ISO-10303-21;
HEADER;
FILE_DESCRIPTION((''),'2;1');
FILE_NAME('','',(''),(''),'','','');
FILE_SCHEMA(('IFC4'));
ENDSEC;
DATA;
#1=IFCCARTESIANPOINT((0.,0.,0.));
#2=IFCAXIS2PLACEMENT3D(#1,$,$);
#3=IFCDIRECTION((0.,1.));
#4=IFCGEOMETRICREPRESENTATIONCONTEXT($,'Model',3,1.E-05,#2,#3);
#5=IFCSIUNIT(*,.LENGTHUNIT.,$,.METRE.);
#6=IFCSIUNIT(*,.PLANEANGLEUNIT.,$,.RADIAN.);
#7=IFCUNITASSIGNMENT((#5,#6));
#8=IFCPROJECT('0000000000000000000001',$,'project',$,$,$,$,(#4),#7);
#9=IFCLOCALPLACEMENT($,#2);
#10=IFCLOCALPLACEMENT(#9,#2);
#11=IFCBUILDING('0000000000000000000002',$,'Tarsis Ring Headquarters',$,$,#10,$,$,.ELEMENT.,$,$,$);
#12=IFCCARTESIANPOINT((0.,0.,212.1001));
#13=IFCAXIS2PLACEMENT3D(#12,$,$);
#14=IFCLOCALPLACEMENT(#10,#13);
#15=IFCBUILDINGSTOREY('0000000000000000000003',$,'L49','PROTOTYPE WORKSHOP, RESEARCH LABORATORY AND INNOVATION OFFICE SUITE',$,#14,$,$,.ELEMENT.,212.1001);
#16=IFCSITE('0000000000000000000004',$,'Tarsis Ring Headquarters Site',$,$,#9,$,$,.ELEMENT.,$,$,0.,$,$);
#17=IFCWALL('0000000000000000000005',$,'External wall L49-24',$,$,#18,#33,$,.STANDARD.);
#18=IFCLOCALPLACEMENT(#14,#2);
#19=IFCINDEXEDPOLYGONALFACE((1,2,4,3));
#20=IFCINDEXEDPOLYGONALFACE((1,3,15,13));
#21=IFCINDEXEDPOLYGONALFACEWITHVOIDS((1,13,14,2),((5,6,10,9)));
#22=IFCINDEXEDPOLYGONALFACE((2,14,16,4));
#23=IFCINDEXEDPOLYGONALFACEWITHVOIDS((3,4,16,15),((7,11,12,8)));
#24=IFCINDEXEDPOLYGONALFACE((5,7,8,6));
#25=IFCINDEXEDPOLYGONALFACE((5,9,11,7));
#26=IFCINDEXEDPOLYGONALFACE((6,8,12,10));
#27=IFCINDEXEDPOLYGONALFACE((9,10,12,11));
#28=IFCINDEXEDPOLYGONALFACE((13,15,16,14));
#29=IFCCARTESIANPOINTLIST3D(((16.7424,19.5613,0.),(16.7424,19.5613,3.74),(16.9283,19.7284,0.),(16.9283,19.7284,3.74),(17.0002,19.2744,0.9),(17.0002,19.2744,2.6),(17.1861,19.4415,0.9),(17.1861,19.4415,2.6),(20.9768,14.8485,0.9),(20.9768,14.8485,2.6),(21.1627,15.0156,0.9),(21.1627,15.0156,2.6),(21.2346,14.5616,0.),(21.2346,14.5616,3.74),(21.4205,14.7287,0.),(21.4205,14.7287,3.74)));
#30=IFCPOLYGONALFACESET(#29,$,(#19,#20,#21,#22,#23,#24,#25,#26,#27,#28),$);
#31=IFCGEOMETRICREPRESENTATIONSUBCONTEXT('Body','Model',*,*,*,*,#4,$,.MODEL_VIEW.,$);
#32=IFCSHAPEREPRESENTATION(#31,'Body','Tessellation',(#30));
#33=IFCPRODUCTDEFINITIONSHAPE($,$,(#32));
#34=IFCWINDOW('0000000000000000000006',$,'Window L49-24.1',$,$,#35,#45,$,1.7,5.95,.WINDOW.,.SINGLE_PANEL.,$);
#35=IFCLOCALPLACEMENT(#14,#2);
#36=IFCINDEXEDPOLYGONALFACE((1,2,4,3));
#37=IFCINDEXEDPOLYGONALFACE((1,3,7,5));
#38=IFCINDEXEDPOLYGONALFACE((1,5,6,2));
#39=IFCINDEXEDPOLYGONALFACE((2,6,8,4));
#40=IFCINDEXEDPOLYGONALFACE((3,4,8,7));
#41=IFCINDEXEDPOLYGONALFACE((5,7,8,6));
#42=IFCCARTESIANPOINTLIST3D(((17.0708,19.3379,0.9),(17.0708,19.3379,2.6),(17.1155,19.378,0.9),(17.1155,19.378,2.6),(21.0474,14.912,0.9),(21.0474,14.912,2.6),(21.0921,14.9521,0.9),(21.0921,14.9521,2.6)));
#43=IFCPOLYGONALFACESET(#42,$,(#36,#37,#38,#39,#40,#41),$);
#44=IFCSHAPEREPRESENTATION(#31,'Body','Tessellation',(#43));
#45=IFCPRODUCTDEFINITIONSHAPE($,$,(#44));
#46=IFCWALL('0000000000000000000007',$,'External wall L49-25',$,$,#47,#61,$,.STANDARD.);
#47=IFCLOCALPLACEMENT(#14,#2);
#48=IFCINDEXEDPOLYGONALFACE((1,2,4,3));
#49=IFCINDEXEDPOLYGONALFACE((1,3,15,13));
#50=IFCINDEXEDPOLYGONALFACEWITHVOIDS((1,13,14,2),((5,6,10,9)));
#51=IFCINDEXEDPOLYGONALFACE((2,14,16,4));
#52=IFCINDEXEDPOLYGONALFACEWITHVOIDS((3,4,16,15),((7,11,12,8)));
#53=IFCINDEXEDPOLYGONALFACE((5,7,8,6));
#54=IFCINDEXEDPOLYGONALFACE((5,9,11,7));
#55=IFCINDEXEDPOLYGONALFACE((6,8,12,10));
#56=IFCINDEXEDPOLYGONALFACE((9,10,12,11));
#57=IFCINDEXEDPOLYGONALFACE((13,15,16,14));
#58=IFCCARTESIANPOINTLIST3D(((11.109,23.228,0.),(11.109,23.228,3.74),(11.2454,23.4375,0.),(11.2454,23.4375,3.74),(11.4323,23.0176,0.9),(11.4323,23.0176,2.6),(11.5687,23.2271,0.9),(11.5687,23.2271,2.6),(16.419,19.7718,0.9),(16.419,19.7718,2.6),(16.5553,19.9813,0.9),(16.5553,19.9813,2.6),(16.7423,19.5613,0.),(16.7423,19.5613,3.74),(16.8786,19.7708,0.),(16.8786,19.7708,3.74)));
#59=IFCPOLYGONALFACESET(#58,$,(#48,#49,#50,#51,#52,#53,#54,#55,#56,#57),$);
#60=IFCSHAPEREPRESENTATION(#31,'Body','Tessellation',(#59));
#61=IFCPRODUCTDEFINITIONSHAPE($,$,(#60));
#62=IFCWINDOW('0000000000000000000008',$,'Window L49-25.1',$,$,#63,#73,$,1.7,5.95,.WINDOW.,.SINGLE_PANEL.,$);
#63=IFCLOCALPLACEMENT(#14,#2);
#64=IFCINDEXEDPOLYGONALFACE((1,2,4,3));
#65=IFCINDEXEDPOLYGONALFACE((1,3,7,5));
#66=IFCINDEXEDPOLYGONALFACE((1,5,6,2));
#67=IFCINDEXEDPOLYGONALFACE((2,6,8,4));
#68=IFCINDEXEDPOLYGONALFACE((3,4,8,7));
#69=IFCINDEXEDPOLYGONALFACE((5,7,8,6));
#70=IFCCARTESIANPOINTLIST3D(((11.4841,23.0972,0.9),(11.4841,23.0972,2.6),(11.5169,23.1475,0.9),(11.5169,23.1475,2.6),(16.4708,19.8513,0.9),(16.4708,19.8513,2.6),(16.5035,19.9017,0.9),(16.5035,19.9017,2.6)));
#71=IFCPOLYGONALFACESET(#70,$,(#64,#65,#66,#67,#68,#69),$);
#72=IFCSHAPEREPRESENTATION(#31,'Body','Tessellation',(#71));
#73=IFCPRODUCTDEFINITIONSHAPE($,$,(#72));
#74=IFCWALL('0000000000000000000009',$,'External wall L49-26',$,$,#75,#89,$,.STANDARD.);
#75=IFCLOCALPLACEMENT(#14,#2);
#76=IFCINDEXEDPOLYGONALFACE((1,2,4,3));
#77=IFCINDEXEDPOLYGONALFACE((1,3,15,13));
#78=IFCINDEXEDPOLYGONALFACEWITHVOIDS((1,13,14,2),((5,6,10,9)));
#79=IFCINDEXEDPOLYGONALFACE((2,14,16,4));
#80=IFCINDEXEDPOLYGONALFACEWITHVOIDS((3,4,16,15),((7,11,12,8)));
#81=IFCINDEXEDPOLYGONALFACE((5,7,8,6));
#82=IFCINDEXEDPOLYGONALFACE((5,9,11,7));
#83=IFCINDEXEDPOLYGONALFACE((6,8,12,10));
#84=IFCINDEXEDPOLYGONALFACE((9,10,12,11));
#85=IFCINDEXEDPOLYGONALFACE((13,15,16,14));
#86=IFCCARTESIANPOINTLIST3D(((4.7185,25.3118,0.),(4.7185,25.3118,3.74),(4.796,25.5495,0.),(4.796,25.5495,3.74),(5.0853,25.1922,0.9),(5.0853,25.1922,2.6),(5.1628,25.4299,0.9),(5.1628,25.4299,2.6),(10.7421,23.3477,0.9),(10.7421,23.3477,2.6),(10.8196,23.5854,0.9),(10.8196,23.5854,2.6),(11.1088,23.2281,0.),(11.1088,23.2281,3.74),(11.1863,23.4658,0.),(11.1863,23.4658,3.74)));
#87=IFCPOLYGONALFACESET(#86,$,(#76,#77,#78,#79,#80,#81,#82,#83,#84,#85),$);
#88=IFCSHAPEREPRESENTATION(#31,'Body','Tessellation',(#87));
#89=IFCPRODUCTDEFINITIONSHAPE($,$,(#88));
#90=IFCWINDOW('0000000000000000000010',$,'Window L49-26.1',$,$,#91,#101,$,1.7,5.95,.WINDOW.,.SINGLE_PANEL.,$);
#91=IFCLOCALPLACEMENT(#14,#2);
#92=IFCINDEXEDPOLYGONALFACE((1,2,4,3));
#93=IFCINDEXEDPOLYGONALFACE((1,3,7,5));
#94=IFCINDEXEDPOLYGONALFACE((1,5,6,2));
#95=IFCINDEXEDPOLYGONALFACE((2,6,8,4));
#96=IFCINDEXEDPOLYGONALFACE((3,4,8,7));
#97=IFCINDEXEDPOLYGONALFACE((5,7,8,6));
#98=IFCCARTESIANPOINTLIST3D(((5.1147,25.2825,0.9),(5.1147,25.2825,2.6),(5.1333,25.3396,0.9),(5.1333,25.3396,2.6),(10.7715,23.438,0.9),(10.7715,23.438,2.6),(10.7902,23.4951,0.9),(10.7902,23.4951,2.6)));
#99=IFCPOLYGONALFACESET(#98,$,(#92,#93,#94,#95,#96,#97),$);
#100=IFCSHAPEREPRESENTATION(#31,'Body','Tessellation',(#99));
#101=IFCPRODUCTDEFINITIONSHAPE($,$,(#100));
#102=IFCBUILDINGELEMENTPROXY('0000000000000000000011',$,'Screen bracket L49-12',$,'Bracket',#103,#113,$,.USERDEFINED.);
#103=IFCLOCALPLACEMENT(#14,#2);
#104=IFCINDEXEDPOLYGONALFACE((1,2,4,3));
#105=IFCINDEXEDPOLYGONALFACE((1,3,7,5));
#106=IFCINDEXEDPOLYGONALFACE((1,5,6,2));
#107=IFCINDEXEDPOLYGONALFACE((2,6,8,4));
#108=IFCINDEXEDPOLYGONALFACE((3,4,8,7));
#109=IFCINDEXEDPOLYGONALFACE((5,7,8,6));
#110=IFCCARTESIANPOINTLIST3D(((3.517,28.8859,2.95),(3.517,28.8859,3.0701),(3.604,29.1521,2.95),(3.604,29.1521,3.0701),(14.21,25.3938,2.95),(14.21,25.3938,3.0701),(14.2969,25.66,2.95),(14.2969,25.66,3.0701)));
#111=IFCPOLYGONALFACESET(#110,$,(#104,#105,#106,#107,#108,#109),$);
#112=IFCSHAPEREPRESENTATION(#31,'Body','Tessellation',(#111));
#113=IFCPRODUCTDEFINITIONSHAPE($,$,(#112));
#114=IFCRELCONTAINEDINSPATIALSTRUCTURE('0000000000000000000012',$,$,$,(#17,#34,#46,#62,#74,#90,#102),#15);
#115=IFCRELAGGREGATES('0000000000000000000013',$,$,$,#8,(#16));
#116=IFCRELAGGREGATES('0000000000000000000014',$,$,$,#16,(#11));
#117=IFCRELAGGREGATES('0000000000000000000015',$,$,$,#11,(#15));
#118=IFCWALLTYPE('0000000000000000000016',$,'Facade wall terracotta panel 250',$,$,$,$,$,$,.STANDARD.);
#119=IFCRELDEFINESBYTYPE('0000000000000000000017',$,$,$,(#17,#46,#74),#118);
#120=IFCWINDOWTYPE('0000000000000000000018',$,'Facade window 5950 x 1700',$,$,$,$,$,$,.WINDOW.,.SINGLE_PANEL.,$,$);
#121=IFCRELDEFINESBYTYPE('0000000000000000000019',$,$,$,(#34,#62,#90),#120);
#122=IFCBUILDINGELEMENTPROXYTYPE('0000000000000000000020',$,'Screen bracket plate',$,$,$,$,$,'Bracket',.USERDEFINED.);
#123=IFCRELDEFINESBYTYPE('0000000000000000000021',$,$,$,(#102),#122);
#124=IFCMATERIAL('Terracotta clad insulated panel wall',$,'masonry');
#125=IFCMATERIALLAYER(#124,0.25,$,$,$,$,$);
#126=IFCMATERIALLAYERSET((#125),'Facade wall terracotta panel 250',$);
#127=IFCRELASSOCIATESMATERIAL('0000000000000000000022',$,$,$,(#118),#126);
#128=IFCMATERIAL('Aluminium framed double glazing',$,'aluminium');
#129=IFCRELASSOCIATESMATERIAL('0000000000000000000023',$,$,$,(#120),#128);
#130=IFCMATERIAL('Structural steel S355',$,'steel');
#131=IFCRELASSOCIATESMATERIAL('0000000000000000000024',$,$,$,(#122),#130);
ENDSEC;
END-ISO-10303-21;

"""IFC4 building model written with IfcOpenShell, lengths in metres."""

from ifc_helpers import new_model, si_unit, direction, frame, frame_2d, origin, origin_2d, place, context, subcontext, project, spatial, rectangle, extrude, material, layer, layer_set, type_object, element, fill, save


model = new_model("IFC4")

# Units and contexts
model_context = context("Model", 3, precision=1e-05, world=origin(), true_north=direction((0.0, 1.0)))
body_context = subcontext(model_context, "Body", "Model", "MODEL_VIEW")
ifc_project = project(units=[si_unit("LENGTHUNIT", "METRE"), si_unit("PLANEANGLEUNIT", "RADIAN")], contexts=[model_context])

# Site, building, storey
site_placement = place(None, origin())
site = spatial("IfcSite", under=ifc_project, at=site_placement, Name="Tarsis Ring Headquarters Site", CompositionType="ELEMENT", RefElevation=0.0)
building_placement = place(site_placement, origin())
building = spatial("IfcBuilding", under=site, at=building_placement, Name="Tarsis Ring Headquarters", CompositionType="ELEMENT")
storey_placement = place(building_placement, frame((0.0, 0.0, 212.1001)))
storey = spatial("IfcBuildingStorey", under=building, at=storey_placement, Name="L49", Description="PROTOTYPE WORKSHOP, RESEARCH LABORATORY AND INNOVATION OFFICE SUITE", CompositionType="ELEMENT", Elevation=212.1001)

# Shared definitions
ifc_material_1 = material(Name="Structural steel S355", Category="steel")

# Walls, openings, windows
ifc_material_2 = material(Name="Terracotta clad insulated panel wall", Category="masonry")
ifc_layer_1 = layer(ifc_material_2, 0.25)
ifc_layer_set_1 = layer_set([ifc_layer_1], Name="Facade wall terracotta panel 250")
wall_type_1 = type_object("IfcWallType", Name="Facade wall terracotta panel 250", PredefinedType="STANDARD", material=ifc_layer_set_1)
wall_1_placement = place(storey_placement, frame((21.3276, 14.645, 0.0), z_axis=(0.0, 0.0, 1.0), x_axis=(-0.66834, 0.743856, 0.0)))
wall_1 = element("IfcWall", 1, at=wall_1_placement, inside=storey, type_object=wall_type_1, Name="External wall L49-24", PredefinedType="STANDARD", context=body_context, shape_type="SweptSolid", body=[
    extrude(rectangle(XDim=6.7214, YDim=0.25, at=frame_2d((3.3608, 0.0))), origin(), (0.0, 0.0, 1.0), 3.74),
])
opening_1_placement = place(wall_1_placement, frame((0.3857, 0.0, 0.8999)))
opening_1 = element("IfcOpeningElement", 2, at=opening_1_placement, cuts=wall_1, PredefinedType="OPENING", context=body_context, shape_type="SweptSolid", body=[
    extrude(rectangle(XDim=5.95, YDim=1.7, at=frame_2d((2.9751, 0.8501))), frame((0.0, 0.135, 0.0), z_axis=(0.0, -1.0, 0.0), x_axis=(1.0, 0.0, 0.0)), (0.0, 0.0, 1.0), 0.27),
])
ifc_material_3 = material(Name="Aluminium framed double glazing", Category="aluminium")
window_type = type_object("IfcWindowType", Name="Facade window 5950 x 1700", PartitioningType="SINGLE_PANEL", PredefinedType="WINDOW", material=ifc_material_3)
window_1_placement = place(opening_1_placement, origin())
window_1 = element("IfcWindow", 3, at=window_1_placement, inside=storey, type_object=window_type, Name="Window L49-24.1", OverallHeight=1.7, OverallWidth=5.95, PartitioningType="SINGLE_PANEL", PredefinedType="WINDOW", context=body_context, shape_type="SweptSolid", body=[
    extrude(rectangle(XDim=5.95, YDim=1.7, at=frame_2d((2.9751, 0.8501))), frame((0.0, 0.03, 0.0), z_axis=(0.0, -1.0, 0.0), x_axis=(1.0, 0.0, 0.0)), (0.0, 0.0, 1.0), 0.0601),
])
fill(opening_1, window_1)
wall_2_placement = place(storey_placement, frame((16.8105, 19.666, 0.0), z_axis=(0.0, 0.0, 1.0), x_axis=(-0.838097, 0.545522, 0.0)))
wall_2 = element("IfcWall", 4, at=wall_2_placement, inside=storey, type_object=wall_type_1, Name="External wall L49-25", PredefinedType="STANDARD", context=body_context, shape_type="SweptSolid", body=[
    extrude(rectangle(XDim=6.7214, YDim=0.25, at=frame_2d((3.3608, 0.0))), origin(), (0.0, 0.0, 1.0), 3.74),
])
opening_2_placement = place(wall_2_placement, frame((0.3857, 0.0, 0.8999)))
opening_2 = element("IfcOpeningElement", 5, at=opening_2_placement, cuts=wall_2, PredefinedType="OPENING", context=body_context, shape_type="SweptSolid", body=[
    extrude(rectangle(XDim=5.95, YDim=1.7, at=frame_2d((2.9751, 0.8501))), frame((0.0, 0.135, 0.0), z_axis=(0.0, -1.0, 0.0), x_axis=(1.0, 0.0, 0.0)), (0.0, 0.0, 1.0), 0.27),
])
window_2_placement = place(opening_2_placement, origin())
window_2 = element("IfcWindow", 6, at=window_2_placement, inside=storey, type_object=window_type, Name="Window L49-25.1", OverallHeight=1.7, OverallWidth=5.95, PartitioningType="SINGLE_PANEL", PredefinedType="WINDOW", context=body_context, shape_type="SweptSolid", body=[
    extrude(rectangle(XDim=5.95, YDim=1.7, at=frame_2d((2.9751, 0.8501))), frame((0.0, 0.03, 0.0), z_axis=(0.0, -1.0, 0.0), x_axis=(1.0, 0.0, 0.0)), (0.0, 0.0, 1.0), 0.0601),
])
fill(opening_2, window_2)
wall_3_placement = place(storey_placement, frame((11.1477, 23.3469, 0.0), z_axis=(0.0, 0.0, 1.0), x_axis=(-0.950733, 0.31001, 0.0)))
wall_3 = element("IfcWall", 7, at=wall_3_placement, inside=storey, type_object=wall_type_1, Name="External wall L49-26", PredefinedType="STANDARD", context=body_context, shape_type="SweptSolid", body=[
    extrude(rectangle(XDim=6.7214, YDim=0.25, at=frame_2d((3.3608, 0.0))), origin(), (0.0, 0.0, 1.0), 3.74),
])
opening_3_placement = place(wall_3_placement, frame((0.3857, 0.0, 0.8999)))
opening_3 = element("IfcOpeningElement", 8, at=opening_3_placement, cuts=wall_3, PredefinedType="OPENING", context=body_context, shape_type="SweptSolid", body=[
    extrude(rectangle(XDim=5.95, YDim=1.7, at=frame_2d((2.9751, 0.8501))), frame((0.0, 0.135, 0.0), z_axis=(0.0, -1.0, 0.0), x_axis=(1.0, 0.0, 0.0)), (0.0, 0.0, 1.0), 0.27),
])
window_3_placement = place(opening_3_placement, origin())
window_3 = element("IfcWindow", 9, at=window_3_placement, inside=storey, type_object=window_type, Name="Window L49-26.1", OverallHeight=1.7, OverallWidth=5.95, PartitioningType="SINGLE_PANEL", PredefinedType="WINDOW", context=body_context, shape_type="SweptSolid", body=[
    extrude(rectangle(XDim=5.95, YDim=1.7, at=frame_2d((2.9751, 0.8501))), frame((0.0, 0.03, 0.0), z_axis=(0.0, -1.0, 0.0), x_axis=(1.0, 0.0, 0.0)), (0.0, 0.0, 1.0), 0.0601),
])
fill(opening_3, window_3)

# Building element proxy
building_element_proxy_type = type_object("IfcBuildingElementProxyType", Name="Screen bracket plate", ElementType="Bracket", PredefinedType="USERDEFINED", material=ifc_material_1)
proxy_placement = place(storey_placement, frame((8.907, 27.2729, 2.95), z_axis=(0.0, 0.0, 1.0), x_axis=(-0.95059, 0.310449, 0.0)))
element("IfcBuildingElementProxy", 10, at=proxy_placement, inside=storey, type_object=building_element_proxy_type, Name="Screen bracket L49-12", ObjectType="Bracket", PredefinedType="USERDEFINED", context=body_context, shape_type="SweptSolid", body=[
    extrude(rectangle(XDim=11.2488, YDim=0.28, at=origin_2d()), origin(), (0.0, 0.0, 1.0), 0.1201),
])

save(model, "model.ifc")
